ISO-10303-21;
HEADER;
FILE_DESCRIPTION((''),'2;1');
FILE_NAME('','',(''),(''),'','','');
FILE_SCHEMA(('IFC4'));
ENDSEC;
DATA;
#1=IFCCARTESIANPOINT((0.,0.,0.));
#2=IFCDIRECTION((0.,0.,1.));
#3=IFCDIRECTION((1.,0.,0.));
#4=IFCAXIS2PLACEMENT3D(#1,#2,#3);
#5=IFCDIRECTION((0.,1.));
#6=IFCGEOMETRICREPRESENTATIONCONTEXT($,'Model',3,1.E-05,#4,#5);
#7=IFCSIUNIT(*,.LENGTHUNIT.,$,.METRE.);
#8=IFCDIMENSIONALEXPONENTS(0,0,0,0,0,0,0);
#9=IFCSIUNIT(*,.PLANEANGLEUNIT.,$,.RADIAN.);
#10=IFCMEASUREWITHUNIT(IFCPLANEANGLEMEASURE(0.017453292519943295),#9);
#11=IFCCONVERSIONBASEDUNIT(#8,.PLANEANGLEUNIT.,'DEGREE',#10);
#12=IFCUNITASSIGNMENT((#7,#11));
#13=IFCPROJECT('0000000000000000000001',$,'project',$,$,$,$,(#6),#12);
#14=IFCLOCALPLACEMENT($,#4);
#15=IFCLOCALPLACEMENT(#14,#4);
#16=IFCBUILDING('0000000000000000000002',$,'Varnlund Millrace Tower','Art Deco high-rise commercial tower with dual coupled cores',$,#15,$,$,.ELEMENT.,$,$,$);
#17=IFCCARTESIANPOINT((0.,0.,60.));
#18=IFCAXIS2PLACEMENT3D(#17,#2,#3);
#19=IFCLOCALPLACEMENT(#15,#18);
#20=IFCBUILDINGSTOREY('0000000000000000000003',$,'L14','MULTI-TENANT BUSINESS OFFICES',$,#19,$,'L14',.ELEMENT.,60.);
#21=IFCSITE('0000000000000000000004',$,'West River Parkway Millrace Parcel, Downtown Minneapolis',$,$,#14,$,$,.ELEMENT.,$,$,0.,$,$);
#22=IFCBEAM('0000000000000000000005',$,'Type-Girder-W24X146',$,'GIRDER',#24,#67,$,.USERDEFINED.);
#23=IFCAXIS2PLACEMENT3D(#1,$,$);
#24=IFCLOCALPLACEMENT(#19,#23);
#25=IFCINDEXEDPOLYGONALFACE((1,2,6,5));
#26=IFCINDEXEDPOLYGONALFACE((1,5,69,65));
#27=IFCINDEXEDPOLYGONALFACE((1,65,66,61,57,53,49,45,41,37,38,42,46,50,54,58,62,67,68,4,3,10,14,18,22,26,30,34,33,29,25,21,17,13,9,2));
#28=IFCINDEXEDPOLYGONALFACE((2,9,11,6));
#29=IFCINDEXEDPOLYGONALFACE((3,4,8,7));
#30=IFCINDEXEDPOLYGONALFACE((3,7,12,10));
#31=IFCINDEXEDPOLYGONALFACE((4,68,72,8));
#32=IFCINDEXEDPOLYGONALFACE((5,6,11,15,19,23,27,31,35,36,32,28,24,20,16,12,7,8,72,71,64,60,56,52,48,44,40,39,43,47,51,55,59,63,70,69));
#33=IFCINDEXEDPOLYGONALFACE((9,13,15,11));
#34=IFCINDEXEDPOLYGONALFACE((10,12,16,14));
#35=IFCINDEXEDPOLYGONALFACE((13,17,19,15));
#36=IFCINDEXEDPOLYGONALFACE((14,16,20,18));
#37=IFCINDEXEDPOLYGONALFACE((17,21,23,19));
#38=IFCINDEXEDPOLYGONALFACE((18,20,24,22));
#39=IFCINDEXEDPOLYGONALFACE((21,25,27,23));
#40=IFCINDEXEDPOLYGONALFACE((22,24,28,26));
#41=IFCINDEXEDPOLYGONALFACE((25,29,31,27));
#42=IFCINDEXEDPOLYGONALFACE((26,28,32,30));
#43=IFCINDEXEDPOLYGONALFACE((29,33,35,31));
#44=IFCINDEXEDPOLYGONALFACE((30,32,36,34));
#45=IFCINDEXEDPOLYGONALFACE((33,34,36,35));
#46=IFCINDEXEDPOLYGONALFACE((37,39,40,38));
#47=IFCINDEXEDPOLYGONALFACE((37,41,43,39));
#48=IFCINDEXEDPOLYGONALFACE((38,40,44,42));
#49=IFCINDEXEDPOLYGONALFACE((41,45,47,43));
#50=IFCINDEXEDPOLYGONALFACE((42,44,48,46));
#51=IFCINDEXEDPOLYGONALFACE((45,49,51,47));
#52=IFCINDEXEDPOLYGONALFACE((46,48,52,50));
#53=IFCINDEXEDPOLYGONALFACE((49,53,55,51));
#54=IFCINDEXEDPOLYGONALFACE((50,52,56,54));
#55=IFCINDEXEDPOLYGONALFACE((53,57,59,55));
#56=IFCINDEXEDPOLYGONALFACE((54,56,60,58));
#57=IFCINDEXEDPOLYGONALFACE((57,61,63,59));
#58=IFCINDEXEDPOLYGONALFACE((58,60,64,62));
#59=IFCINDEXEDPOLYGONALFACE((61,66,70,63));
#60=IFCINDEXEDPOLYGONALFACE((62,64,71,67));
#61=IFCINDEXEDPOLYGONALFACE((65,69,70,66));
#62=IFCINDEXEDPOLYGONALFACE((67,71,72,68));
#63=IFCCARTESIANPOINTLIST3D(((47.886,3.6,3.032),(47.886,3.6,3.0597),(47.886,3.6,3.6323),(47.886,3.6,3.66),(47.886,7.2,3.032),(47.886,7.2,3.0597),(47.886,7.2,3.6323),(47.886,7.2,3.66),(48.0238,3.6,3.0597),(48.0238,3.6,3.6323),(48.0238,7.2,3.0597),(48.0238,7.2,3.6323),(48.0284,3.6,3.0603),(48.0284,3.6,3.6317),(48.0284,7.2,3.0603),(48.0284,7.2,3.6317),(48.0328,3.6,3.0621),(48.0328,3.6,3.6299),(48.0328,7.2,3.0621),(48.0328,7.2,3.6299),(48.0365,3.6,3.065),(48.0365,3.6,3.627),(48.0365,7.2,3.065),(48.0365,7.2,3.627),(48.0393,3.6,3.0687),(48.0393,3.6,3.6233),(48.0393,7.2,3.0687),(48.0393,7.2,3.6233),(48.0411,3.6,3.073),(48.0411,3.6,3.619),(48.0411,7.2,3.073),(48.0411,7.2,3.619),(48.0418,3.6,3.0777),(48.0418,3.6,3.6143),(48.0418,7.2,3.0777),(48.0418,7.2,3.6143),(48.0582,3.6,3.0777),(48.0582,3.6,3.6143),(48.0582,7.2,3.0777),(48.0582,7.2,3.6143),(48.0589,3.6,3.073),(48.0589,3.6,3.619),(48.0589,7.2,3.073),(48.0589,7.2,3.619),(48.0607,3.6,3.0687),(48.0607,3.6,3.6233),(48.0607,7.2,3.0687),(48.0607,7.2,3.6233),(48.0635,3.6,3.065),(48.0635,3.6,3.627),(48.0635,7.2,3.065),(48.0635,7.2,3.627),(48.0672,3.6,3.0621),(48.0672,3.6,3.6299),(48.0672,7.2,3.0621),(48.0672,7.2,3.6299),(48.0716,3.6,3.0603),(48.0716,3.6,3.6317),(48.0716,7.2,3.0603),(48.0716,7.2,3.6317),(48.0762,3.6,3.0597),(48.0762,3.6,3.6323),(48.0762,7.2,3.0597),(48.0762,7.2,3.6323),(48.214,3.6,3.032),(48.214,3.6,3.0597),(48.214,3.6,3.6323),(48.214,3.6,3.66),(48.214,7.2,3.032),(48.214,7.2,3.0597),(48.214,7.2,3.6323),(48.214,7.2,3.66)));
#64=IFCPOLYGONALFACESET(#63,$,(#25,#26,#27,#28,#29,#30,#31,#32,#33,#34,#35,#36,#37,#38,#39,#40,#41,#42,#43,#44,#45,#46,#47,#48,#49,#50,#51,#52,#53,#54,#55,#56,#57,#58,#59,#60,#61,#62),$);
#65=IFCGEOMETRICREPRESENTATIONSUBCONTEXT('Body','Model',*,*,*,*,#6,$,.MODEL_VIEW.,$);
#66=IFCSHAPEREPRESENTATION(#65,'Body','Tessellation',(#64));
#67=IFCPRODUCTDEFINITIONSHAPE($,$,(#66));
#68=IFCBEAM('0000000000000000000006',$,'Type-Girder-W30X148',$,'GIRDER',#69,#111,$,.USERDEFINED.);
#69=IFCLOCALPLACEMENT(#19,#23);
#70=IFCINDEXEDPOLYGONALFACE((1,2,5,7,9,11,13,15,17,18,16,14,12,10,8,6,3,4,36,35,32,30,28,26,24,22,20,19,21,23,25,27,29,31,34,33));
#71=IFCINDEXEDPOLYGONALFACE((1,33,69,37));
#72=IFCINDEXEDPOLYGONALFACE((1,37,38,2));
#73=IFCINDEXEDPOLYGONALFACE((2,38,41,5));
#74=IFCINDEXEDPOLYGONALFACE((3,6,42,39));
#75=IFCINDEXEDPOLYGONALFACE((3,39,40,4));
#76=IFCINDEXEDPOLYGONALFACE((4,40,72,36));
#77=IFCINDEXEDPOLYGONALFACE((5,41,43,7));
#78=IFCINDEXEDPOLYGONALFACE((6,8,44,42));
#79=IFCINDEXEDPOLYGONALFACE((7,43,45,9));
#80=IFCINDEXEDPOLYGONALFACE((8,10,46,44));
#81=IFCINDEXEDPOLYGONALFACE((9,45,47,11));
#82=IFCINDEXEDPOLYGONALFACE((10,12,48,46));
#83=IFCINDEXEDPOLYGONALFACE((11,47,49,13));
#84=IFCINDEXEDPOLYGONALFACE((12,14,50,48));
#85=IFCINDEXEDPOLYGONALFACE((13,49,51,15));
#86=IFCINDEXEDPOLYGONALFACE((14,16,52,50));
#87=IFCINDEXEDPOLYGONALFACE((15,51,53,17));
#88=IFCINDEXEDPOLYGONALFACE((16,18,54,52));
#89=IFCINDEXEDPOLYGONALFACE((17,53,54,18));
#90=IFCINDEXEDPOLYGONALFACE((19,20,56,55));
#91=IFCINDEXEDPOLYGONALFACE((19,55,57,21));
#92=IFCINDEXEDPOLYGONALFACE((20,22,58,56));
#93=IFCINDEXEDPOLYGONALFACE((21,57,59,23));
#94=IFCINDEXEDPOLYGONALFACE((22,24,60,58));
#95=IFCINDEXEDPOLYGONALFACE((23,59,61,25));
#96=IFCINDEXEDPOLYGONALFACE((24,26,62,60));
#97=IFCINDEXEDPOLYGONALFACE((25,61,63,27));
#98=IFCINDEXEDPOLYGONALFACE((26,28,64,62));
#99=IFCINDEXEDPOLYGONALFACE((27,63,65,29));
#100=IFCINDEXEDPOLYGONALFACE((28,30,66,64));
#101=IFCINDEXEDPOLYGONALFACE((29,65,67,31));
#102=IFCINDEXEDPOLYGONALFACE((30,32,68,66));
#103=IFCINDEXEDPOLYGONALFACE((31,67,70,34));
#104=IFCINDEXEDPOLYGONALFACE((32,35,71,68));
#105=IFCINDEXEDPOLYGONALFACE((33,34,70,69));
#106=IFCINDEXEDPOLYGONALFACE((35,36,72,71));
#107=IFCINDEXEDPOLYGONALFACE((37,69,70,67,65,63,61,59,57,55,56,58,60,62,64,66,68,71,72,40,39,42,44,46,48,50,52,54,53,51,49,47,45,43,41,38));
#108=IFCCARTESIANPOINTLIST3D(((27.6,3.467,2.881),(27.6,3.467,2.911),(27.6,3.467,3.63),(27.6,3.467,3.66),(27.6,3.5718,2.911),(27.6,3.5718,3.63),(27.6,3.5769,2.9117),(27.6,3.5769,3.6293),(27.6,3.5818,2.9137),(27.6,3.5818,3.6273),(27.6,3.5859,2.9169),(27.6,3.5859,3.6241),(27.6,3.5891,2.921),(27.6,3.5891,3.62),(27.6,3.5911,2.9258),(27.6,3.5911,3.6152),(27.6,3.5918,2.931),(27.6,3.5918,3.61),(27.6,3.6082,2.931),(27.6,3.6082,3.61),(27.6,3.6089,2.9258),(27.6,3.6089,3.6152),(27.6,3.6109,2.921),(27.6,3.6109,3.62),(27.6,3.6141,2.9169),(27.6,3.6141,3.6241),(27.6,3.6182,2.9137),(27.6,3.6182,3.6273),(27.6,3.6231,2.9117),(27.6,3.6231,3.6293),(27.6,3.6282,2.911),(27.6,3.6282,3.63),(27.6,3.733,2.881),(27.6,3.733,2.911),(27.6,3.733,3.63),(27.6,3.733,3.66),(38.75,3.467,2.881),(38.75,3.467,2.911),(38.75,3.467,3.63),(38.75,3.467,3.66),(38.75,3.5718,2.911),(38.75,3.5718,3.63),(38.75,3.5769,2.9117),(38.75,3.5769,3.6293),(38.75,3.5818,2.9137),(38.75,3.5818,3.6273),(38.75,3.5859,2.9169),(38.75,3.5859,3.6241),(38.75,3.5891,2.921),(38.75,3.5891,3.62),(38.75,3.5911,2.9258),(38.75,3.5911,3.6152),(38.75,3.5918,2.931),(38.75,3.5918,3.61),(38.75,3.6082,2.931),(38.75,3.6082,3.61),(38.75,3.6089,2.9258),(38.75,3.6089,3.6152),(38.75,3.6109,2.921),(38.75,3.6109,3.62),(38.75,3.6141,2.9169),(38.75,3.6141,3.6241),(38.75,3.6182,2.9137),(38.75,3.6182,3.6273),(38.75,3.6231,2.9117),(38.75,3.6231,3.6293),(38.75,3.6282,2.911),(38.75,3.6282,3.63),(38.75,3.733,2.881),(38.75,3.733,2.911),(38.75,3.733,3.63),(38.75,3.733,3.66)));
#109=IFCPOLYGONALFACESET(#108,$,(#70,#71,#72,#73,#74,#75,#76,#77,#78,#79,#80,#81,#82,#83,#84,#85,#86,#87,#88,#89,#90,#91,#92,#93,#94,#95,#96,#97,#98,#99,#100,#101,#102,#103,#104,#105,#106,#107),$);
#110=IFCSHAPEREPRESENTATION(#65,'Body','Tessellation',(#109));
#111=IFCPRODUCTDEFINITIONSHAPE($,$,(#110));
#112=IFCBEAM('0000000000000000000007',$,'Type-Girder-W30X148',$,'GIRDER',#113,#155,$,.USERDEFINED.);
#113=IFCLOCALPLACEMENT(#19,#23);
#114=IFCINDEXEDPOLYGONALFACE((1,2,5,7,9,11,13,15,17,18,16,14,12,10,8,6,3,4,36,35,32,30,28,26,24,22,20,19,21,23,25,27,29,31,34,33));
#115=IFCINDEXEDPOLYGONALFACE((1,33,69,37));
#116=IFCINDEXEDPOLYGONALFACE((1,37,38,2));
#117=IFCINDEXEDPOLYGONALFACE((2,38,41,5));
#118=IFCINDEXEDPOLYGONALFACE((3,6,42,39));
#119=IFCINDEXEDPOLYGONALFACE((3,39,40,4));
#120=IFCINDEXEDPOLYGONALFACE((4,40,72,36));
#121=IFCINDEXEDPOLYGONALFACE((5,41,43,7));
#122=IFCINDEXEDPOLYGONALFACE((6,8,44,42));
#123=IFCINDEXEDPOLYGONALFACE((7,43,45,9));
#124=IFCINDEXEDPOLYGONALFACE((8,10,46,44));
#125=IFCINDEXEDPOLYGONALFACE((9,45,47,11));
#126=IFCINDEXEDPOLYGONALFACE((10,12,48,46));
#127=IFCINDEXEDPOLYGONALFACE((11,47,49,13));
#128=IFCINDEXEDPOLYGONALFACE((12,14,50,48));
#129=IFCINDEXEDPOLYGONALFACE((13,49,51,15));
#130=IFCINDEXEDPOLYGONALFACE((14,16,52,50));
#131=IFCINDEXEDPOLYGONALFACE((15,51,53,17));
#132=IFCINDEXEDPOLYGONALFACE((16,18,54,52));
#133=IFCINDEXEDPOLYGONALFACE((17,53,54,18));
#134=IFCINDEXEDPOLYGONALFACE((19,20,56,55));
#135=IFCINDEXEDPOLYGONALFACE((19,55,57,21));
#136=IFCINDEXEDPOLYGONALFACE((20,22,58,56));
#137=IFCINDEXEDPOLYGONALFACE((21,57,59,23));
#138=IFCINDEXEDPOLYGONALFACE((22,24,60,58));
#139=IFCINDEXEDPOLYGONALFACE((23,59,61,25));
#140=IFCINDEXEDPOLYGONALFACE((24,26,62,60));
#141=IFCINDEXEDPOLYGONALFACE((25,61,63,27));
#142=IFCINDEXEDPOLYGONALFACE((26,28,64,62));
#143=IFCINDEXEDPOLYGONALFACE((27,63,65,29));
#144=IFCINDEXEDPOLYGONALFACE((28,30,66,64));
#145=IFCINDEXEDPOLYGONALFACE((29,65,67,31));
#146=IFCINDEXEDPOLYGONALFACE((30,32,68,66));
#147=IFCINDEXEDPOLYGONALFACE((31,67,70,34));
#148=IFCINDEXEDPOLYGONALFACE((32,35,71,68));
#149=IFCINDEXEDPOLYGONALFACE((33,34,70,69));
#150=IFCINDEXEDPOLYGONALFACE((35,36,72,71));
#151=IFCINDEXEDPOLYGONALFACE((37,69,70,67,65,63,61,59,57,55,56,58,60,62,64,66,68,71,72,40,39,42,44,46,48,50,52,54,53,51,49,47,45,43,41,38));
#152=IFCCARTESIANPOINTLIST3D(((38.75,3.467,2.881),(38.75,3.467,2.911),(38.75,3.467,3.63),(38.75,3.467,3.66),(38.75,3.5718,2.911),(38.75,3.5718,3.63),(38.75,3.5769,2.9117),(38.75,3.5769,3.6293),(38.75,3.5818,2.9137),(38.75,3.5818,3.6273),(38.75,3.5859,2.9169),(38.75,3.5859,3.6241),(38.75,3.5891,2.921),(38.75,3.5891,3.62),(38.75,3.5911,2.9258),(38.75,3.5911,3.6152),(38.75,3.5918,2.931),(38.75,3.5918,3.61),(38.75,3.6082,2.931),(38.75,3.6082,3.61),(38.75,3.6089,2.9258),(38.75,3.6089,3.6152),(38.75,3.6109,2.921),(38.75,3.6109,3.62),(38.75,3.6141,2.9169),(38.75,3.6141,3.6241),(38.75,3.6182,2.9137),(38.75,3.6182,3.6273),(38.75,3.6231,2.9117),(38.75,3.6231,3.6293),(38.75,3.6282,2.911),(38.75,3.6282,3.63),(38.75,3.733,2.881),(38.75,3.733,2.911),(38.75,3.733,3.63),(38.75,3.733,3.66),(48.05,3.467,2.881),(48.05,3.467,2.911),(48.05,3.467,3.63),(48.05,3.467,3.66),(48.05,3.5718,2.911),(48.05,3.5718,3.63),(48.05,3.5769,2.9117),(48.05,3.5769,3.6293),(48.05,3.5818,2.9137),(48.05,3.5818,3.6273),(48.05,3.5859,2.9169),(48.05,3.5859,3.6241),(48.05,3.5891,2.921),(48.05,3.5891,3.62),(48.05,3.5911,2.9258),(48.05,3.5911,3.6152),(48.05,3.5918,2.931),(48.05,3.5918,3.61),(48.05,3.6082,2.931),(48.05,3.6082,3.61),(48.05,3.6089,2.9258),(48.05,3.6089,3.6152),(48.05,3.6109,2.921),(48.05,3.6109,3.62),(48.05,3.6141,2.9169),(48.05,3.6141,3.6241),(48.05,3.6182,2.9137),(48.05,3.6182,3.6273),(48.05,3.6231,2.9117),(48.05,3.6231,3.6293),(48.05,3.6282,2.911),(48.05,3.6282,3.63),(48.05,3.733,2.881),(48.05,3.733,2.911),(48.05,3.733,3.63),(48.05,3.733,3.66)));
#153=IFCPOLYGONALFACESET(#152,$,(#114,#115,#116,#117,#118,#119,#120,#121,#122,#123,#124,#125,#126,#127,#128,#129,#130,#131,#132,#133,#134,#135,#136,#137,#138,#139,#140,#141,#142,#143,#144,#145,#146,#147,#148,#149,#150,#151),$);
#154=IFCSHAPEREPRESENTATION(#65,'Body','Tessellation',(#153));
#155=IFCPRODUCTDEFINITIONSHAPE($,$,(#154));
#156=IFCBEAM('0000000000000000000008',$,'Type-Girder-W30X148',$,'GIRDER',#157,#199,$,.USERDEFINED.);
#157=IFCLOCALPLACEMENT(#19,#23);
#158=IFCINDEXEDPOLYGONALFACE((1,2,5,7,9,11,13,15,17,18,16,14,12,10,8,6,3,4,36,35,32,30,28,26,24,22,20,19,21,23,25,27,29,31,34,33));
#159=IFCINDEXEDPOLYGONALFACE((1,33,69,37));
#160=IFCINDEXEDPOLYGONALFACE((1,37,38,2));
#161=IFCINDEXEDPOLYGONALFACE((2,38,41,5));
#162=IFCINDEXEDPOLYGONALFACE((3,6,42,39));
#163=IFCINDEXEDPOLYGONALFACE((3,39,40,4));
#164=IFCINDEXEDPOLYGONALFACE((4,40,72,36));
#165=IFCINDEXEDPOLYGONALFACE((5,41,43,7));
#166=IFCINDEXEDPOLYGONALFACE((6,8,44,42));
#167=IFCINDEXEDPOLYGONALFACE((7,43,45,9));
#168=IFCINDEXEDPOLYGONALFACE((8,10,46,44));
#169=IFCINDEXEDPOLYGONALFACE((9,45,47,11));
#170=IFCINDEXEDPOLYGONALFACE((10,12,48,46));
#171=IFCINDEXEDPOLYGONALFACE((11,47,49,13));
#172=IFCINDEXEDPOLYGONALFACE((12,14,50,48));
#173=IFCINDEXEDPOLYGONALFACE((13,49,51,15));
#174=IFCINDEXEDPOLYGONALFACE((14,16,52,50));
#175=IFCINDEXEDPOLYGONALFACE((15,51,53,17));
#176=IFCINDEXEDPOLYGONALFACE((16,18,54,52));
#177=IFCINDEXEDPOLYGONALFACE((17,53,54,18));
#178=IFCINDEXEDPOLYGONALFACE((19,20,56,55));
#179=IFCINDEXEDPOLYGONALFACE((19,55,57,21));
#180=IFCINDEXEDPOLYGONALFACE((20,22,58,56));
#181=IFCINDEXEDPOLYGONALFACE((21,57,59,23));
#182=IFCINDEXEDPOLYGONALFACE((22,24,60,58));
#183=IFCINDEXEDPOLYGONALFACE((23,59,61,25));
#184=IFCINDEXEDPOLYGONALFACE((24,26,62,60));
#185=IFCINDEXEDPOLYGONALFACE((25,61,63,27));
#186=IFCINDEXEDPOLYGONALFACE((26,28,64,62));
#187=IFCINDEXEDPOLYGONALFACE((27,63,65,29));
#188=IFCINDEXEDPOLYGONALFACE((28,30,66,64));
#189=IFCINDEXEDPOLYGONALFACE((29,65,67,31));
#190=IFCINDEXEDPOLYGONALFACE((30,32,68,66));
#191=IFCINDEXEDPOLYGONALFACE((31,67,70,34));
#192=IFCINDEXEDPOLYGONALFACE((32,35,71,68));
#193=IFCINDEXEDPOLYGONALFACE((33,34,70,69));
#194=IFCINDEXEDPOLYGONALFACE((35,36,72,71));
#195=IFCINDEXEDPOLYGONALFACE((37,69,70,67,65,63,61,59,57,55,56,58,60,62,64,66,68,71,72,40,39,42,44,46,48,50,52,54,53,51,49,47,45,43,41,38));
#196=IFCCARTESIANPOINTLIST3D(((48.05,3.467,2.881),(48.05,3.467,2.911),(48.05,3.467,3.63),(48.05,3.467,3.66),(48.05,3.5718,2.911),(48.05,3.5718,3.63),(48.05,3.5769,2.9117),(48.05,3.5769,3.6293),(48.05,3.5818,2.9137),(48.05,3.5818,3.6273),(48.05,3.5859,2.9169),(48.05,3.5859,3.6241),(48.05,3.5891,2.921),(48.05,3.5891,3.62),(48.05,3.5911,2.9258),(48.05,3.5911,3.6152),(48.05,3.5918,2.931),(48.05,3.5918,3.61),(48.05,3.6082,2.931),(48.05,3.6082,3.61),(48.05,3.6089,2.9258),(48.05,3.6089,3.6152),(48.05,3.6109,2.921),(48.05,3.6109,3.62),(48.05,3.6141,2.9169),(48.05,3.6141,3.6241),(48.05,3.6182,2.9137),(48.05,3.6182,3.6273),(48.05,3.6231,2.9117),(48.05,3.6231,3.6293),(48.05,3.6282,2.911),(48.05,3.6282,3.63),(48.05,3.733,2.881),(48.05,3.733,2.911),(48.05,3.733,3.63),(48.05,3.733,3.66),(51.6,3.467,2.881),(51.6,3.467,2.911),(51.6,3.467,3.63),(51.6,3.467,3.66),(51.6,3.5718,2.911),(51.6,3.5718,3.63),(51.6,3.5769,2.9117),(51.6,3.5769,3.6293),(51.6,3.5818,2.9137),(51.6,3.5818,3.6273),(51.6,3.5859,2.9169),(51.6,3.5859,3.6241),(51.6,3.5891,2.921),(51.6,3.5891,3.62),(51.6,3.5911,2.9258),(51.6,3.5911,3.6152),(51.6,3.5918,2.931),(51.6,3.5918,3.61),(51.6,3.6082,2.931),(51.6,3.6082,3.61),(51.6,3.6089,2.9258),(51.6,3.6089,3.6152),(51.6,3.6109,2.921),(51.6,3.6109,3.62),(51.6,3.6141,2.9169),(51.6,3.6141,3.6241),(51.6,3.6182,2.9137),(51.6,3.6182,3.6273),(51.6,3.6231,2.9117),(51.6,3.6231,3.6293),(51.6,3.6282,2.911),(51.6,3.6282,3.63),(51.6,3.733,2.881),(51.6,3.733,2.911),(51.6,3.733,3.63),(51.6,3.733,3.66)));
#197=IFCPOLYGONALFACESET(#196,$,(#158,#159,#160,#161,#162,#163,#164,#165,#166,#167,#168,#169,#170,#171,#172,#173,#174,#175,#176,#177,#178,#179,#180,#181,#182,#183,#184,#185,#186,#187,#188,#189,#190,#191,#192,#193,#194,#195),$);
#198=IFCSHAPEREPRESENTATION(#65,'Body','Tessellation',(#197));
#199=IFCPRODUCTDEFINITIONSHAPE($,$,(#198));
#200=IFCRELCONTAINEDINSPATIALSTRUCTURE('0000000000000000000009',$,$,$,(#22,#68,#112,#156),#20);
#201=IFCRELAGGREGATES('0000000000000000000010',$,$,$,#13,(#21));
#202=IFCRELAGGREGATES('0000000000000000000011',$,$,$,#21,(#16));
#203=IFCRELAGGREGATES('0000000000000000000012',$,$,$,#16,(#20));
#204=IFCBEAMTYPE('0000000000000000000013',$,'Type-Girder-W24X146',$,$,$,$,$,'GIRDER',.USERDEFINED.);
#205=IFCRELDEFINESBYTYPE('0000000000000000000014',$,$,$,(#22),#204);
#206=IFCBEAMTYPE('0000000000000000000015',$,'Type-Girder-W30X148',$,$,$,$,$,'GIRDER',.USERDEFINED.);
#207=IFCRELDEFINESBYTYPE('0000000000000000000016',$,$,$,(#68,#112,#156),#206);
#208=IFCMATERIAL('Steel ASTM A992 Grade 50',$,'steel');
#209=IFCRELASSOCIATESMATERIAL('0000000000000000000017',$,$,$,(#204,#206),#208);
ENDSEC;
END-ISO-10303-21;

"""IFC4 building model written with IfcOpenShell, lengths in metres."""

from ifc_helpers import new_model, entity, si_unit, converted_unit, direction, frame, origin_with_axes, origin_2d_with_axis, place, context, subcontext, project, spatial, i_section, extrude, material, material_profile, profile_set, type_object, element, save


model = new_model("IFC4")

# Units and contexts
model_context = context("Model", 3, precision=1e-05, world=origin_with_axes(), true_north=direction((0.0, 1.0)))
body_context = subcontext(model_context, "Body", "Model", "MODEL_VIEW")
ifc_project = project(units=[si_unit("LENGTHUNIT", "METRE"), converted_unit("PLANEANGLEUNIT", "DEGREE", entity("IfcPlaneAngleMeasure", 0.017453292519943295), si_unit("PLANEANGLEUNIT", "RADIAN"), dimensions=[0, 0, 0, 0, 0, 0, 0])], contexts=[model_context])

# Site, building, storey
site_placement = place(None, origin_with_axes())
site = spatial("IfcSite", under=ifc_project, at=site_placement, Name="West River Parkway Millrace Parcel, Downtown Minneapolis", CompositionType="ELEMENT", RefElevation=0.0)
building_placement = place(site_placement, origin_with_axes())
building = spatial("IfcBuilding", under=site, at=building_placement, Name="Varnlund Millrace Tower", Description="Art Deco high-rise commercial tower with dual coupled cores", CompositionType="ELEMENT")
storey_placement = place(building_placement, frame((0.0, 0.0, 60.0), z_axis=(0.0, 0.0, 1.0), x_axis=(1.0, 0.0, 0.0)))
storey = spatial("IfcBuildingStorey", under=building, at=storey_placement, Name="L14", Description="MULTI-TENANT BUSINESS OFFICES", LongName="L14", CompositionType="ELEMENT", Elevation=60.0)

# Beams
ifc_material_1 = material(Name="Steel ASTM A992 Grade 50", Category="steel")
ifc_material_profile_1 = material_profile(ifc_material_1, i_section(OverallWidth=0.328, OverallDepth=0.628, WebThickness=0.0165, FlangeThickness=0.0277, FilletRadius=0.018, at=origin_2d_with_axis()), Name="Steel ASTM A992 Grade 50")
ifc_profile_set_1 = profile_set([ifc_material_profile_1], Name="Steel ASTM A992 Grade 50")
beam_type_1 = type_object("IfcBeamType", Name="Type-Girder-W24X146", ElementType="GIRDER", PredefinedType="USERDEFINED", material=ifc_profile_set_1)
beam_1_placement = place(storey_placement, frame((48.05, 3.6, 3.346), z_axis=(0.0, 1.0, 0.0), x_axis=(-1.0, 0.0, 0.0)))
element("IfcBeam", 1, at=beam_1_placement, inside=storey, type_object=beam_type_1, Name="Type-Girder-W24X146", ObjectType="GIRDER", PredefinedType="USERDEFINED", context=body_context, shape_type="SweptSolid", body=[
    extrude(i_section(OverallWidth=0.328, OverallDepth=0.628, WebThickness=0.0165, FlangeThickness=0.0277, FilletRadius=0.018, at=origin_2d_with_axis()), origin_with_axes(), (0.0, 0.0, 1.0), 3.6),
])
ifc_material_profile_2 = material_profile(ifc_material_1, i_section(OverallWidth=0.266, OverallDepth=0.779, WebThickness=0.0165, FlangeThickness=0.03, FilletRadius=0.02, at=origin_2d_with_axis()), Name="Steel ASTM A992 Grade 50")
ifc_profile_set_2 = profile_set([ifc_material_profile_2], Name="Steel ASTM A992 Grade 50")
beam_type_2 = type_object("IfcBeamType", Name="Type-Girder-W30X148", ElementType="GIRDER", PredefinedType="USERDEFINED", material=ifc_profile_set_2)
beam_2_placement = place(storey_placement, frame((27.6, 3.6, 3.2705), z_axis=(1.0, 0.0, 0.0), x_axis=(0.0, 1.0, 0.0)))
element("IfcBeam", 2, at=beam_2_placement, inside=storey, type_object=beam_type_2, Name="Type-Girder-W30X148", ObjectType="GIRDER", PredefinedType="USERDEFINED", context=body_context, shape_type="SweptSolid", body=[
    extrude(i_section(OverallWidth=0.266, OverallDepth=0.779, WebThickness=0.0165, FlangeThickness=0.03, FilletRadius=0.02, at=origin_2d_with_axis()), origin_with_axes(), (0.0, 0.0, 1.0), 11.15),
])
beam_3_placement = place(storey_placement, frame((38.75, 3.6, 3.2705), z_axis=(1.0, 0.0, 0.0), x_axis=(0.0, 1.0, 0.0)))
element("IfcBeam", 3, at=beam_3_placement, inside=storey, type_object=beam_type_2, Name="Type-Girder-W30X148", ObjectType="GIRDER", PredefinedType="USERDEFINED", context=body_context, shape_type="SweptSolid", body=[
    extrude(i_section(OverallWidth=0.266, OverallDepth=0.779, WebThickness=0.0165, FlangeThickness=0.03, FilletRadius=0.02, at=origin_2d_with_axis()), origin_with_axes(), (0.0, 0.0, 1.0), 9.3),
])
beam_4_placement = place(storey_placement, frame((48.05, 3.6, 3.2705), z_axis=(1.0, 0.0, 0.0), x_axis=(0.0, 1.0, 0.0)))
element("IfcBeam", 4, at=beam_4_placement, inside=storey, type_object=beam_type_2, Name="Type-Girder-W30X148", ObjectType="GIRDER", PredefinedType="USERDEFINED", context=body_context, shape_type="SweptSolid", body=[
    extrude(i_section(OverallWidth=0.266, OverallDepth=0.779, WebThickness=0.0165, FlangeThickness=0.03, FilletRadius=0.02, at=origin_2d_with_axis()), origin_with_axes(), (0.0, 0.0, 1.0), 3.55),
])

save(model, "model.ifc")
